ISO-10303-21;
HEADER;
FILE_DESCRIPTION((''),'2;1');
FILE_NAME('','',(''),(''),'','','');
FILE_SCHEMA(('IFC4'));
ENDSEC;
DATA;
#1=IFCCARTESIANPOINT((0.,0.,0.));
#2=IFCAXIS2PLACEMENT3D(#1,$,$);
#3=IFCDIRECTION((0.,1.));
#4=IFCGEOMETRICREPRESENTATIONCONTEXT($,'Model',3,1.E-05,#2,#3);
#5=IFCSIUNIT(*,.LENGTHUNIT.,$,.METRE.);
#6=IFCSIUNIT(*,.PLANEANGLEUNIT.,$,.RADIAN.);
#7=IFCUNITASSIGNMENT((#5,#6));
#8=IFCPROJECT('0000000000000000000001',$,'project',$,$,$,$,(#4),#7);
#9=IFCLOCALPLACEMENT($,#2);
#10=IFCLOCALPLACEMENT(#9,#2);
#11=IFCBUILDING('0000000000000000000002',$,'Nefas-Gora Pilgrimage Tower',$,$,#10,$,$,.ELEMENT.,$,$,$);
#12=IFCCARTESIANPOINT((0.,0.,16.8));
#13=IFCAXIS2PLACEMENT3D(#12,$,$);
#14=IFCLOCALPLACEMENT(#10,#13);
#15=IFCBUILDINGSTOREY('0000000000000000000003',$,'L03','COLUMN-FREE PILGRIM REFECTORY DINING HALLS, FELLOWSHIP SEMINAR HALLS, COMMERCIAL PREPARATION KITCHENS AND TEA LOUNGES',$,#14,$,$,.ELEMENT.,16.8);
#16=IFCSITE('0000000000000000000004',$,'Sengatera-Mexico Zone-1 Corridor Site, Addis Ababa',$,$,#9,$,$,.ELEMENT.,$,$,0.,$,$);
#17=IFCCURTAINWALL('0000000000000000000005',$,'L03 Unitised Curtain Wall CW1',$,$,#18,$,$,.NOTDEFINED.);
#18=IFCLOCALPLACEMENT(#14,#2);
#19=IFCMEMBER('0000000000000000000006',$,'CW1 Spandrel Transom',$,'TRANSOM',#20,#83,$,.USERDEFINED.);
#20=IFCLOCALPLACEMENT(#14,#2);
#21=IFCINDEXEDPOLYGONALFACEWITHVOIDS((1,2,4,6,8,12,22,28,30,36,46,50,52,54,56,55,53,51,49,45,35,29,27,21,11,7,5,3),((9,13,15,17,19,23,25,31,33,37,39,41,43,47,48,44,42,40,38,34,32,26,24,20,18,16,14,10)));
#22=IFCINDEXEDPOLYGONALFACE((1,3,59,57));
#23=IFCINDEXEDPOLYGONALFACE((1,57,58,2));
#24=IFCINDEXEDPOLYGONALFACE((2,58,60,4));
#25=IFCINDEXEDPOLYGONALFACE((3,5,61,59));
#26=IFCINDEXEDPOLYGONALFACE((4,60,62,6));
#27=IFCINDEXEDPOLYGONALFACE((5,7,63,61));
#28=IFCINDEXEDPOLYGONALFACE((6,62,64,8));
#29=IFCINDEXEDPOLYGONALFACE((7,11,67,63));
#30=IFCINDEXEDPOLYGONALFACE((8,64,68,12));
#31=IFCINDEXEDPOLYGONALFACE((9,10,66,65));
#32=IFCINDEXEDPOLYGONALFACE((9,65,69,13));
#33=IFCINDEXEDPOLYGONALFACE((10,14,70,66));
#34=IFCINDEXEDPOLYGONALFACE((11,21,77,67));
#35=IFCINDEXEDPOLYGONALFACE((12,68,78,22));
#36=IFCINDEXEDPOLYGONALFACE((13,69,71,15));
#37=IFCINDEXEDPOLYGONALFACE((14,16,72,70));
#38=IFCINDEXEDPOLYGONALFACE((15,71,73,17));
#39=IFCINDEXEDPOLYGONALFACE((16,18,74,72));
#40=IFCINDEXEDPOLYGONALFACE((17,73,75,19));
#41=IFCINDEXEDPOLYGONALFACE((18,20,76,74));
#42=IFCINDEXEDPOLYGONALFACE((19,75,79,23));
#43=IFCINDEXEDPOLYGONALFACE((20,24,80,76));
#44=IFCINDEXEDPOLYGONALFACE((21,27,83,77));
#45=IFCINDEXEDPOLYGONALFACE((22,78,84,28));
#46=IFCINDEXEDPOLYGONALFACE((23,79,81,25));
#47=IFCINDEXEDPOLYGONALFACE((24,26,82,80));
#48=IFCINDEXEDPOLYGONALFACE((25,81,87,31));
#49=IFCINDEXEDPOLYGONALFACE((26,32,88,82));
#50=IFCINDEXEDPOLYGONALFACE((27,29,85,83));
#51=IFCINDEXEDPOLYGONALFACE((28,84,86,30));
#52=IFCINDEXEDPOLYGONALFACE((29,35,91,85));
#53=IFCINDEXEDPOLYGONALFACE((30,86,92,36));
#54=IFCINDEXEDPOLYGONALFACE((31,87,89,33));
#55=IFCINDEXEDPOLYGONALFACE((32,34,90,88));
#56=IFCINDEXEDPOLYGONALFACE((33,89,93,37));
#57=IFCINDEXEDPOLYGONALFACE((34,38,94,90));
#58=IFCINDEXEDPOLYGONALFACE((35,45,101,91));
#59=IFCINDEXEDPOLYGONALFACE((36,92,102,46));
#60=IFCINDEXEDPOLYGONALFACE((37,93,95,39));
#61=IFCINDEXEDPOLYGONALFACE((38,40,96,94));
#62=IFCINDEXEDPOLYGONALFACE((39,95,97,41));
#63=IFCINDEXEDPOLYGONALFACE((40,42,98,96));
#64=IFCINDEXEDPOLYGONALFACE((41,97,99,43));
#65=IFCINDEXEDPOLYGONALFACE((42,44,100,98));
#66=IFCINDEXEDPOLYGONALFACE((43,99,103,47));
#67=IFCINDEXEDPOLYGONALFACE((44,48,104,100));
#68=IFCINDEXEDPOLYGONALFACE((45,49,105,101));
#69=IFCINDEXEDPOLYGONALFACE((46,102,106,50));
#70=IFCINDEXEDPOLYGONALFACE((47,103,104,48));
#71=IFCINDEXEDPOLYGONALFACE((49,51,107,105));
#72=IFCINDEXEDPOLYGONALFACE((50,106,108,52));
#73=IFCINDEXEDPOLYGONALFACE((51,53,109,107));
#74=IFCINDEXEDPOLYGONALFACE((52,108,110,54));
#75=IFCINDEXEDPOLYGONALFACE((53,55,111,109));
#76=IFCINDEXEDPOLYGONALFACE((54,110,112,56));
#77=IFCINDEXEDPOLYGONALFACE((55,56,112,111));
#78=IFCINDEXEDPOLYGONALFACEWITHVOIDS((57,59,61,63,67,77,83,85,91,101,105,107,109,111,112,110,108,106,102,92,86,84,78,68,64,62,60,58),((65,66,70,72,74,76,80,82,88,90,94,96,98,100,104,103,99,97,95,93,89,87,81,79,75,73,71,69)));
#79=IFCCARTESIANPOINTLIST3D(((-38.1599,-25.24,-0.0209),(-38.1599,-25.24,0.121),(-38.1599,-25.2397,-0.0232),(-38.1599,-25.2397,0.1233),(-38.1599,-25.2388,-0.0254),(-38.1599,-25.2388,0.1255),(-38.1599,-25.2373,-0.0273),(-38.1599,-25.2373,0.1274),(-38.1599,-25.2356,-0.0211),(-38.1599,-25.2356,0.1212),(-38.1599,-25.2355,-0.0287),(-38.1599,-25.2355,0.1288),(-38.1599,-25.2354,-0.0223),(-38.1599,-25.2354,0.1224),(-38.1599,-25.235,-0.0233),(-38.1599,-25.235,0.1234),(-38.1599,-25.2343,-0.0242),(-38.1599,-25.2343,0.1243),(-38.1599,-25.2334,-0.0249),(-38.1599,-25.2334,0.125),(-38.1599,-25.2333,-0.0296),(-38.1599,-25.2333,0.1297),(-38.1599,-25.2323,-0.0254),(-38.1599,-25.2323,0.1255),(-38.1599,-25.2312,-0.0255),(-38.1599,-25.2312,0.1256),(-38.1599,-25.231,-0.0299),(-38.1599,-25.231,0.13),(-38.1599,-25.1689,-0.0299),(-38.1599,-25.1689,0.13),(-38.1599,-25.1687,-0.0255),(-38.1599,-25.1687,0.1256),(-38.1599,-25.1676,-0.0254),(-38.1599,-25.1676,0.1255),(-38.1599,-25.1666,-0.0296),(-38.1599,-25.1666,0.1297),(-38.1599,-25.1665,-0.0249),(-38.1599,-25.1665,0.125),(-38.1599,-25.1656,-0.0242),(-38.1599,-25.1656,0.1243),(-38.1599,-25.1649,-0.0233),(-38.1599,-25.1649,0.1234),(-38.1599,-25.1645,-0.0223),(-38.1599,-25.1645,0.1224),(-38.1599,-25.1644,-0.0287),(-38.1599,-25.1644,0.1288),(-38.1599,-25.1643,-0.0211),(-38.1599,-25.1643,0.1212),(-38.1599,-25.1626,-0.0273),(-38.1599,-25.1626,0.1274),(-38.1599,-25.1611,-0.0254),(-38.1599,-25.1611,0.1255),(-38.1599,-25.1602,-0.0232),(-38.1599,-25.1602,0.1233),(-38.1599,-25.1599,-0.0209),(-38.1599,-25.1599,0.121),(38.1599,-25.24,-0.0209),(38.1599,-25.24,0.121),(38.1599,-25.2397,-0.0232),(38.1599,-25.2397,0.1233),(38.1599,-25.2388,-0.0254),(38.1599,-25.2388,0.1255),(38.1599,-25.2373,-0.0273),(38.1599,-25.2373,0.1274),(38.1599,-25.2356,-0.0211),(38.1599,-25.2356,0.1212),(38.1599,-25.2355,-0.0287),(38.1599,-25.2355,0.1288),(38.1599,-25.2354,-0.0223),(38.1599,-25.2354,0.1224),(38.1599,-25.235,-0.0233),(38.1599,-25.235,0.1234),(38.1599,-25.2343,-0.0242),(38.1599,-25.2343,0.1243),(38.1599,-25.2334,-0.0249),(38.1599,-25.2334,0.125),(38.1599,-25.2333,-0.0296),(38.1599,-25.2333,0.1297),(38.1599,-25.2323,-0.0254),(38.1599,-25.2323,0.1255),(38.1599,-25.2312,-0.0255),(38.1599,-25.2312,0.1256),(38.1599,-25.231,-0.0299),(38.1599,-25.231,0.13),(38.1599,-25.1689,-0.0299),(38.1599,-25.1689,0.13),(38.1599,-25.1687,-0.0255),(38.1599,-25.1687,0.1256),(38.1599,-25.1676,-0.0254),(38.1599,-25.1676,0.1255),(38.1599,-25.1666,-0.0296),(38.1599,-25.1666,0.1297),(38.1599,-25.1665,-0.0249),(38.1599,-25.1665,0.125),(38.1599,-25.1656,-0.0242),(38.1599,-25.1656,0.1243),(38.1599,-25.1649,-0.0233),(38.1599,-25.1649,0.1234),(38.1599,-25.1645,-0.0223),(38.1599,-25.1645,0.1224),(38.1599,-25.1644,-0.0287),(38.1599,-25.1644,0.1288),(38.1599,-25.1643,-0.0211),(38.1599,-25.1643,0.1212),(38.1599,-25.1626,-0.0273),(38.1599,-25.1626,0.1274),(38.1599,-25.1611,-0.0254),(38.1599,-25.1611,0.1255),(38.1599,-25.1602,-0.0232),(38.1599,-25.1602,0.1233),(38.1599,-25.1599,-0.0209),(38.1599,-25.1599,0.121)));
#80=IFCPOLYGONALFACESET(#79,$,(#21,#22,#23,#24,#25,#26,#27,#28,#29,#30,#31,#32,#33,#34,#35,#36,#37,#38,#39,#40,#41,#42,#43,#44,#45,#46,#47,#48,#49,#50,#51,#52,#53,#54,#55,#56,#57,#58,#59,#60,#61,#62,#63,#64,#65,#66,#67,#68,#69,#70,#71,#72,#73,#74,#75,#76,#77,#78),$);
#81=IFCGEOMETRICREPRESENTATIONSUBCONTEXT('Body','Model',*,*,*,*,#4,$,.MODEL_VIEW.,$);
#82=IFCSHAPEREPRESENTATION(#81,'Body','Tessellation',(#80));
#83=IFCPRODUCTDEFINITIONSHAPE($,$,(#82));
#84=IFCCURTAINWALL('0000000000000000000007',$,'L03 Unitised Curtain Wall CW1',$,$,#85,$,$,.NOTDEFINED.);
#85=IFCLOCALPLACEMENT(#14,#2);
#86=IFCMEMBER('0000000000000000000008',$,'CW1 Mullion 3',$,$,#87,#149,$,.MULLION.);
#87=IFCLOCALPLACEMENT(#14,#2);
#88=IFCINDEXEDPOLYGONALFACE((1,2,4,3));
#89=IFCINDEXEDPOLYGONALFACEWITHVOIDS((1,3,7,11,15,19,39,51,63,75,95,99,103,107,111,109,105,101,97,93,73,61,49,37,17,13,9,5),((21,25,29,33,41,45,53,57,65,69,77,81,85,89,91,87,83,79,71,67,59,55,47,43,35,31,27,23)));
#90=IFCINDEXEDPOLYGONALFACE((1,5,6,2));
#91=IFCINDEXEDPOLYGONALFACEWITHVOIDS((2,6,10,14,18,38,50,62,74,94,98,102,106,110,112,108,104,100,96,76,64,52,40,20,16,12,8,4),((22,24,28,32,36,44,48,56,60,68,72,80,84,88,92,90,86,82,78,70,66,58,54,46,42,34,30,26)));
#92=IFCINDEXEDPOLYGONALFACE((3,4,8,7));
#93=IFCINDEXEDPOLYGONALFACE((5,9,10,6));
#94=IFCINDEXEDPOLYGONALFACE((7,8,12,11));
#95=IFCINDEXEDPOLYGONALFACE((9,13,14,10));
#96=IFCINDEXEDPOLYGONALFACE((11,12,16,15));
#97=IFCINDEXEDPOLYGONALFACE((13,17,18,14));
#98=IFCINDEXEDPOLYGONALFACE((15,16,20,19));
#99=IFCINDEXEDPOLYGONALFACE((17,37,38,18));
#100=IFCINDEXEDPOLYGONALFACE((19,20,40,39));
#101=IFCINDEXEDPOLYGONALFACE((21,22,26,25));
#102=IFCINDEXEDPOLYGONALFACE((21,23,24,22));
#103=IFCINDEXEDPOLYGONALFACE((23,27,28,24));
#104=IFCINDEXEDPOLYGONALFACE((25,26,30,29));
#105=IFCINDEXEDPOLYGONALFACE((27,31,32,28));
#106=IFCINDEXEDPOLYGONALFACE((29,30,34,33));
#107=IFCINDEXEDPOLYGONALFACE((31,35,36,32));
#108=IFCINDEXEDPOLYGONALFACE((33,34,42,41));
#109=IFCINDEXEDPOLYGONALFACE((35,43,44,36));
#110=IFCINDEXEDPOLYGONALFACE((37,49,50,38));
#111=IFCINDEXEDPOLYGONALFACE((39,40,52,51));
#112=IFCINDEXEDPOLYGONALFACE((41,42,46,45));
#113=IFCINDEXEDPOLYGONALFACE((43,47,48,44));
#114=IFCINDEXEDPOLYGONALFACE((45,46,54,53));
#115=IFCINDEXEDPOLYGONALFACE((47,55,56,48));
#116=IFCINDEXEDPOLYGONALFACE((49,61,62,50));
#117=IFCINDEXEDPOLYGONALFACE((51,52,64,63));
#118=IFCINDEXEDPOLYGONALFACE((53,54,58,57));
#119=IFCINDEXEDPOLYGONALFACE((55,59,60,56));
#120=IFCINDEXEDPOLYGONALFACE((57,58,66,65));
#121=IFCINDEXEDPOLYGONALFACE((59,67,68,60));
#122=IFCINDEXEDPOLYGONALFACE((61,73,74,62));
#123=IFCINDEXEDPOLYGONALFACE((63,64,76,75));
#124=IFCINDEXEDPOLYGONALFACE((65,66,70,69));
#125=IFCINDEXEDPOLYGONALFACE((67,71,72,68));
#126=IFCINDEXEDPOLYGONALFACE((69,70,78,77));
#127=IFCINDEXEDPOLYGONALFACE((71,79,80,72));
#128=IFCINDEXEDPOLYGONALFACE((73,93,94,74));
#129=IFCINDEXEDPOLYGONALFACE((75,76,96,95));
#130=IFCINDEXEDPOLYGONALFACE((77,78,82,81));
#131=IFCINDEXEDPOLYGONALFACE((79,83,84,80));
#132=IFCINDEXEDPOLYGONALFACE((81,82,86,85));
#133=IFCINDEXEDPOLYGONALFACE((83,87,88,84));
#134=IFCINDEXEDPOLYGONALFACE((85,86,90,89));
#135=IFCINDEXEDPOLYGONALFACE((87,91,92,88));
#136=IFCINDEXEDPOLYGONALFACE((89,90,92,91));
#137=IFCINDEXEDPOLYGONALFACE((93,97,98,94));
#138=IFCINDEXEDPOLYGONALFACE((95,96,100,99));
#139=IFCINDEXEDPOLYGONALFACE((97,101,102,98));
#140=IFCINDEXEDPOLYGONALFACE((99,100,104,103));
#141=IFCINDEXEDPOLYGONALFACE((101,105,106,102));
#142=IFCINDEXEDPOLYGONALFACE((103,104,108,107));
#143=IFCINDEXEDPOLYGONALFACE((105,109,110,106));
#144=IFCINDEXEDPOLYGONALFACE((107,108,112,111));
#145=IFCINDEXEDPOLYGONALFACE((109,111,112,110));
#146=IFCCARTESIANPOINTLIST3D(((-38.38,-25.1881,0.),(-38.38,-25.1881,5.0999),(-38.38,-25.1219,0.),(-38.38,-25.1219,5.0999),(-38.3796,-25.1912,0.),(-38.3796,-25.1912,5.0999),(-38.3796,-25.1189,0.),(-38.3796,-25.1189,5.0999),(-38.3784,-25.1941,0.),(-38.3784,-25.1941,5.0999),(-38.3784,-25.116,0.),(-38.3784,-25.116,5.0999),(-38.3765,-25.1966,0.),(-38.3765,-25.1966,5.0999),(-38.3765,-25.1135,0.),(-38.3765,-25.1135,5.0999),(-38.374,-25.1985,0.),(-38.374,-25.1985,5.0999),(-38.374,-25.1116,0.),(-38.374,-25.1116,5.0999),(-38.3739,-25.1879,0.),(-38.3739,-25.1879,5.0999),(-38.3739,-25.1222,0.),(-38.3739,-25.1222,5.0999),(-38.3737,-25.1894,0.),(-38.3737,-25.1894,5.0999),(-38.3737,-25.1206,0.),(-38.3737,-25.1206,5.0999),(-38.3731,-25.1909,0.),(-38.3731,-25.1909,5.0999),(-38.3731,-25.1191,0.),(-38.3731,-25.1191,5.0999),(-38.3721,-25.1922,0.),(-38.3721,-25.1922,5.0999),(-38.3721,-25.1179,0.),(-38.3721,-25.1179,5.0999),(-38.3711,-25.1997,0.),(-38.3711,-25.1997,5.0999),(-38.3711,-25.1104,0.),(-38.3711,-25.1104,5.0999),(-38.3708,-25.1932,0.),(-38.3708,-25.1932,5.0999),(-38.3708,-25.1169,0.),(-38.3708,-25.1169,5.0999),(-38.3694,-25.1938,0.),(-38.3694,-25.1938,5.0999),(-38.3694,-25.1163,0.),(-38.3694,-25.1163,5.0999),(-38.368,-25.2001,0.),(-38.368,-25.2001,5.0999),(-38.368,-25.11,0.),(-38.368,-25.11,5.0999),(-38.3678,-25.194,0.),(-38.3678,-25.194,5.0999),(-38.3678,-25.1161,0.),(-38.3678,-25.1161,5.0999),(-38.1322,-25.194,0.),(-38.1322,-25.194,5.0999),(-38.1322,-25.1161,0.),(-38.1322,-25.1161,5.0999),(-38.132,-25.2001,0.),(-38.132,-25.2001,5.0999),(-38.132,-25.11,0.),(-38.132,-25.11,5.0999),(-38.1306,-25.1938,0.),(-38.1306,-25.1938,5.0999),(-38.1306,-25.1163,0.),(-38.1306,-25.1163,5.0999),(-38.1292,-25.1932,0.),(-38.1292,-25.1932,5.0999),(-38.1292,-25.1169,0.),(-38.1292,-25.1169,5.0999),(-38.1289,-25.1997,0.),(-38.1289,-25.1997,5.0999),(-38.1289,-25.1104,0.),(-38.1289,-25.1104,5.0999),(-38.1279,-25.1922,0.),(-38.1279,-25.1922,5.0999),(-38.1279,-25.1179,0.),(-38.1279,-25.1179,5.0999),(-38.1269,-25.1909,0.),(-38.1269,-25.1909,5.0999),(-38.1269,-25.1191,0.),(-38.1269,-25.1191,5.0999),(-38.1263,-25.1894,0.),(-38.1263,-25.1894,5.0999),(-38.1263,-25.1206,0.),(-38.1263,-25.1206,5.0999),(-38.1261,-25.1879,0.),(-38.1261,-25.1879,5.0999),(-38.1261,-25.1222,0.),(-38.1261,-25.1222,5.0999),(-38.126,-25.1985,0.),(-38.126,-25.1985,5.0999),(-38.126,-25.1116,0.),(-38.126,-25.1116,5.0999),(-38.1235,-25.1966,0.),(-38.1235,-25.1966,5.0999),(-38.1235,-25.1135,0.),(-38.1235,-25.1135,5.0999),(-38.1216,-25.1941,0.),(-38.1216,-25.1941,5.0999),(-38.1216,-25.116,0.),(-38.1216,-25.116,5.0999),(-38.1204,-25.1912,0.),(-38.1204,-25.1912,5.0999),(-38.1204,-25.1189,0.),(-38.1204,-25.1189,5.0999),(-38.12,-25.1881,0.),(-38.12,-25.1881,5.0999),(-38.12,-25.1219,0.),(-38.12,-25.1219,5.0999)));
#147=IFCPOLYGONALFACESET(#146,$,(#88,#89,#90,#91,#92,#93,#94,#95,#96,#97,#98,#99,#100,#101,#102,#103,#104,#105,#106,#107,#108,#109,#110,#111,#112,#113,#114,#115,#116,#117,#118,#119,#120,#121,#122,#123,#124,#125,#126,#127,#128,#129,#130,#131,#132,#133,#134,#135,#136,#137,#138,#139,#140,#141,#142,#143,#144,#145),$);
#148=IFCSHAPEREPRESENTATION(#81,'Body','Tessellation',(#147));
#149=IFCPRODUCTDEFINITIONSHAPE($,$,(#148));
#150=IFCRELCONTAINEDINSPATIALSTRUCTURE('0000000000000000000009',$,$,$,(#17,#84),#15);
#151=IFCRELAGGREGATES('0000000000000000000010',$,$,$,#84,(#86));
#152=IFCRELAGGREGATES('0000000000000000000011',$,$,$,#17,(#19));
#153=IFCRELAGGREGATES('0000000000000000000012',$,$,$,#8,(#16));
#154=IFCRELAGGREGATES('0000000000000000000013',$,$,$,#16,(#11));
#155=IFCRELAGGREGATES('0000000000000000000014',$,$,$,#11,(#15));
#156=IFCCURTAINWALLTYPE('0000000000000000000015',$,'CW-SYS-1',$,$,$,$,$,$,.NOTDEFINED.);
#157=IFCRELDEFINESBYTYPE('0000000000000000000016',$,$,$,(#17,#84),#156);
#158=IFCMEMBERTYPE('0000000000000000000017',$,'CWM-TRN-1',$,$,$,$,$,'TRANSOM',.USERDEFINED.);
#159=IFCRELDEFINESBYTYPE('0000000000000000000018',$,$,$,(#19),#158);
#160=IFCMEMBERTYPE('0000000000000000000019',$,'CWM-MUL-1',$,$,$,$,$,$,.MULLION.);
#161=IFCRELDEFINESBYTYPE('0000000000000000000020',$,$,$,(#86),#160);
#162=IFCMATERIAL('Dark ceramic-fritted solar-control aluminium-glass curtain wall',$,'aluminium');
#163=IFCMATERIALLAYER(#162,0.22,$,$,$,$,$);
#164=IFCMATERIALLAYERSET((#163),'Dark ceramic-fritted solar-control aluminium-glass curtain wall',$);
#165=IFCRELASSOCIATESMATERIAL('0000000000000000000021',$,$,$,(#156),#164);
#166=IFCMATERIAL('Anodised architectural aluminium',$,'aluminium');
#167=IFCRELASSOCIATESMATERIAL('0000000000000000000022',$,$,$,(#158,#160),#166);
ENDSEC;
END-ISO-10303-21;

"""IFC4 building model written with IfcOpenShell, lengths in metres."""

from ifc_helpers import new_model, si_unit, direction, frame, origin, origin_2d, place, context, subcontext, project, spatial, hollow_rectangle, extrude, source, transform, mapped, material, layer, layer_set, material_profile, profile_set, type_object, element, aggregate, save


model = new_model("IFC4")

# Units and contexts
model_context = context("Model", 3, precision=1e-05, world=origin(), true_north=direction((0.0, 1.0)))
body_context = subcontext(model_context, "Body", "Model", "MODEL_VIEW")
ifc_project = project(units=[si_unit("LENGTHUNIT", "METRE"), si_unit("PLANEANGLEUNIT", "RADIAN")], contexts=[model_context])

# Site, building, storey
site_placement = place(None, origin())
site = spatial("IfcSite", under=ifc_project, at=site_placement, Name="Sengatera-Mexico Zone-1 Corridor Site, Addis Ababa", CompositionType="ELEMENT", RefElevation=0.0)
building_placement = place(site_placement, origin())
building = spatial("IfcBuilding", under=site, at=building_placement, Name="Nefas-Gora Pilgrimage Tower", CompositionType="ELEMENT")
storey_placement = place(building_placement, frame((0.0, 0.0, 16.8)))
storey = spatial("IfcBuildingStorey", under=building, at=storey_placement, Name="L03", Description="COLUMN-FREE PILGRIM REFECTORY DINING HALLS, FELLOWSHIP SEMINAR HALLS, COMMERCIAL PREPARATION KITCHENS AND TEA LOUNGES", CompositionType="ELEMENT", Elevation=16.8)

# Curtain walls, members
ifc_material_1 = material(Name="Dark ceramic-fritted solar-control aluminium-glass curtain wall", Category="aluminium")
ifc_layer_1 = layer(ifc_material_1, 0.22)
ifc_layer_set_1 = layer_set([ifc_layer_1], Name="Dark ceramic-fritted solar-control aluminium-glass curtain wall")
curtain_wall_type = type_object("IfcCurtainWallType", Name="CW-SYS-1", PredefinedType="NOTDEFINED", material=ifc_layer_set_1)
curtain_wall_1_placement = place(storey_placement, origin())
curtain_wall_1 = element("IfcCurtainWall", 1, at=curtain_wall_1_placement, inside=storey, type_object=curtain_wall_type, Name="L03 Unitised Curtain Wall CW1", PredefinedType="NOTDEFINED")
ifc_material_2 = material(Name="Anodised architectural aluminium", Category="aluminium")
ifc_material_profile_1 = material_profile(ifc_material_2, hollow_rectangle(XDim=0.0801, YDim=0.1599, WallThickness=0.0044, InnerFilletRadius=0.0044, OuterFilletRadius=0.009, at=origin_2d()), Name="ALU TRANSOM 80x160")
ifc_profile_set_1 = profile_set([ifc_material_profile_1], Name="Anodised architectural aluminium")
member_type_1 = type_object("IfcMemberType", Name="CWM-TRN-1", ElementType="TRANSOM", PredefinedType="USERDEFINED", material=ifc_profile_set_1)
shared_shape_1 = source(origin(), body_context, "Body", "SweptSolid", [
    extrude(hollow_rectangle(XDim=0.0801, YDim=0.1599, WallThickness=0.0044, InnerFilletRadius=0.0044, OuterFilletRadius=0.009, at=origin_2d()), origin(), (0.0, 0.0, 1.0), 76.3198),
])
member_1_placement = place(storey_placement, frame((-38.1599, -25.2, 0.05), z_axis=(1.0, 0.0, 0.0), x_axis=(0.0, 1.0, 0.0)))
member_1 = element("IfcMember", 2, at=member_1_placement, type_object=member_type_1, Name="CW1 Spandrel Transom", ObjectType="TRANSOM", PredefinedType="USERDEFINED", context=body_context, shape_type="MappedRepresentation", body=[
    mapped(shared_shape_1, transform((0.0, 0.0, 0.0), x_axis=(1.0, 0.0, 0.0), y_axis=(0.0, 1.0, 0.0), z_axis=(0.0, 0.0, 1.0), scale=1.0)),
])
curtain_wall_2_placement = place(storey_placement, origin())
curtain_wall_2 = element("IfcCurtainWall", 3, at=curtain_wall_2_placement, inside=storey, type_object=curtain_wall_type, Name="L03 Unitised Curtain Wall CW1", PredefinedType="NOTDEFINED")
ifc_material_profile_2 = material_profile(ifc_material_2, hollow_rectangle(XDim=0.0901, YDim=0.26, WallThickness=0.0061, InnerFilletRadius=0.0061, OuterFilletRadius=0.012, at=origin_2d()), Name="ALU MULLION 90x260")
ifc_profile_set_2 = profile_set([ifc_material_profile_2], Name="Anodised architectural aluminium")
member_type_2 = type_object("IfcMemberType", Name="CWM-MUL-1", PredefinedType="MULLION", material=ifc_profile_set_2)
shared_shape_2 = source(origin(), body_context, "Body", "SweptSolid", [
    extrude(hollow_rectangle(XDim=0.0901, YDim=0.26, WallThickness=0.0061, InnerFilletRadius=0.0061, OuterFilletRadius=0.012, at=origin_2d()), origin(), (0.0, 0.0, 1.0), 5.0999),
])
member_2_placement = place(storey_placement, frame((-38.25, -25.155, 0.0), z_axis=(0.0, 0.0, 1.0), x_axis=(0.0, -1.0, 0.0)))
member_2 = element("IfcMember", 4, at=member_2_placement, type_object=member_type_2, Name="CW1 Mullion 3", PredefinedType="MULLION", context=body_context, shape_type="MappedRepresentation", body=[
    mapped(shared_shape_2, transform((0.0, 0.0, 0.0), x_axis=(1.0, 0.0, 0.0), y_axis=(0.0, 1.0, 0.0), z_axis=(0.0, 0.0, 1.0), scale=1.0)),
])

aggregate(curtain_wall_2, [member_2])
aggregate(curtain_wall_1, [member_1])

save(model, "model.ifc")
